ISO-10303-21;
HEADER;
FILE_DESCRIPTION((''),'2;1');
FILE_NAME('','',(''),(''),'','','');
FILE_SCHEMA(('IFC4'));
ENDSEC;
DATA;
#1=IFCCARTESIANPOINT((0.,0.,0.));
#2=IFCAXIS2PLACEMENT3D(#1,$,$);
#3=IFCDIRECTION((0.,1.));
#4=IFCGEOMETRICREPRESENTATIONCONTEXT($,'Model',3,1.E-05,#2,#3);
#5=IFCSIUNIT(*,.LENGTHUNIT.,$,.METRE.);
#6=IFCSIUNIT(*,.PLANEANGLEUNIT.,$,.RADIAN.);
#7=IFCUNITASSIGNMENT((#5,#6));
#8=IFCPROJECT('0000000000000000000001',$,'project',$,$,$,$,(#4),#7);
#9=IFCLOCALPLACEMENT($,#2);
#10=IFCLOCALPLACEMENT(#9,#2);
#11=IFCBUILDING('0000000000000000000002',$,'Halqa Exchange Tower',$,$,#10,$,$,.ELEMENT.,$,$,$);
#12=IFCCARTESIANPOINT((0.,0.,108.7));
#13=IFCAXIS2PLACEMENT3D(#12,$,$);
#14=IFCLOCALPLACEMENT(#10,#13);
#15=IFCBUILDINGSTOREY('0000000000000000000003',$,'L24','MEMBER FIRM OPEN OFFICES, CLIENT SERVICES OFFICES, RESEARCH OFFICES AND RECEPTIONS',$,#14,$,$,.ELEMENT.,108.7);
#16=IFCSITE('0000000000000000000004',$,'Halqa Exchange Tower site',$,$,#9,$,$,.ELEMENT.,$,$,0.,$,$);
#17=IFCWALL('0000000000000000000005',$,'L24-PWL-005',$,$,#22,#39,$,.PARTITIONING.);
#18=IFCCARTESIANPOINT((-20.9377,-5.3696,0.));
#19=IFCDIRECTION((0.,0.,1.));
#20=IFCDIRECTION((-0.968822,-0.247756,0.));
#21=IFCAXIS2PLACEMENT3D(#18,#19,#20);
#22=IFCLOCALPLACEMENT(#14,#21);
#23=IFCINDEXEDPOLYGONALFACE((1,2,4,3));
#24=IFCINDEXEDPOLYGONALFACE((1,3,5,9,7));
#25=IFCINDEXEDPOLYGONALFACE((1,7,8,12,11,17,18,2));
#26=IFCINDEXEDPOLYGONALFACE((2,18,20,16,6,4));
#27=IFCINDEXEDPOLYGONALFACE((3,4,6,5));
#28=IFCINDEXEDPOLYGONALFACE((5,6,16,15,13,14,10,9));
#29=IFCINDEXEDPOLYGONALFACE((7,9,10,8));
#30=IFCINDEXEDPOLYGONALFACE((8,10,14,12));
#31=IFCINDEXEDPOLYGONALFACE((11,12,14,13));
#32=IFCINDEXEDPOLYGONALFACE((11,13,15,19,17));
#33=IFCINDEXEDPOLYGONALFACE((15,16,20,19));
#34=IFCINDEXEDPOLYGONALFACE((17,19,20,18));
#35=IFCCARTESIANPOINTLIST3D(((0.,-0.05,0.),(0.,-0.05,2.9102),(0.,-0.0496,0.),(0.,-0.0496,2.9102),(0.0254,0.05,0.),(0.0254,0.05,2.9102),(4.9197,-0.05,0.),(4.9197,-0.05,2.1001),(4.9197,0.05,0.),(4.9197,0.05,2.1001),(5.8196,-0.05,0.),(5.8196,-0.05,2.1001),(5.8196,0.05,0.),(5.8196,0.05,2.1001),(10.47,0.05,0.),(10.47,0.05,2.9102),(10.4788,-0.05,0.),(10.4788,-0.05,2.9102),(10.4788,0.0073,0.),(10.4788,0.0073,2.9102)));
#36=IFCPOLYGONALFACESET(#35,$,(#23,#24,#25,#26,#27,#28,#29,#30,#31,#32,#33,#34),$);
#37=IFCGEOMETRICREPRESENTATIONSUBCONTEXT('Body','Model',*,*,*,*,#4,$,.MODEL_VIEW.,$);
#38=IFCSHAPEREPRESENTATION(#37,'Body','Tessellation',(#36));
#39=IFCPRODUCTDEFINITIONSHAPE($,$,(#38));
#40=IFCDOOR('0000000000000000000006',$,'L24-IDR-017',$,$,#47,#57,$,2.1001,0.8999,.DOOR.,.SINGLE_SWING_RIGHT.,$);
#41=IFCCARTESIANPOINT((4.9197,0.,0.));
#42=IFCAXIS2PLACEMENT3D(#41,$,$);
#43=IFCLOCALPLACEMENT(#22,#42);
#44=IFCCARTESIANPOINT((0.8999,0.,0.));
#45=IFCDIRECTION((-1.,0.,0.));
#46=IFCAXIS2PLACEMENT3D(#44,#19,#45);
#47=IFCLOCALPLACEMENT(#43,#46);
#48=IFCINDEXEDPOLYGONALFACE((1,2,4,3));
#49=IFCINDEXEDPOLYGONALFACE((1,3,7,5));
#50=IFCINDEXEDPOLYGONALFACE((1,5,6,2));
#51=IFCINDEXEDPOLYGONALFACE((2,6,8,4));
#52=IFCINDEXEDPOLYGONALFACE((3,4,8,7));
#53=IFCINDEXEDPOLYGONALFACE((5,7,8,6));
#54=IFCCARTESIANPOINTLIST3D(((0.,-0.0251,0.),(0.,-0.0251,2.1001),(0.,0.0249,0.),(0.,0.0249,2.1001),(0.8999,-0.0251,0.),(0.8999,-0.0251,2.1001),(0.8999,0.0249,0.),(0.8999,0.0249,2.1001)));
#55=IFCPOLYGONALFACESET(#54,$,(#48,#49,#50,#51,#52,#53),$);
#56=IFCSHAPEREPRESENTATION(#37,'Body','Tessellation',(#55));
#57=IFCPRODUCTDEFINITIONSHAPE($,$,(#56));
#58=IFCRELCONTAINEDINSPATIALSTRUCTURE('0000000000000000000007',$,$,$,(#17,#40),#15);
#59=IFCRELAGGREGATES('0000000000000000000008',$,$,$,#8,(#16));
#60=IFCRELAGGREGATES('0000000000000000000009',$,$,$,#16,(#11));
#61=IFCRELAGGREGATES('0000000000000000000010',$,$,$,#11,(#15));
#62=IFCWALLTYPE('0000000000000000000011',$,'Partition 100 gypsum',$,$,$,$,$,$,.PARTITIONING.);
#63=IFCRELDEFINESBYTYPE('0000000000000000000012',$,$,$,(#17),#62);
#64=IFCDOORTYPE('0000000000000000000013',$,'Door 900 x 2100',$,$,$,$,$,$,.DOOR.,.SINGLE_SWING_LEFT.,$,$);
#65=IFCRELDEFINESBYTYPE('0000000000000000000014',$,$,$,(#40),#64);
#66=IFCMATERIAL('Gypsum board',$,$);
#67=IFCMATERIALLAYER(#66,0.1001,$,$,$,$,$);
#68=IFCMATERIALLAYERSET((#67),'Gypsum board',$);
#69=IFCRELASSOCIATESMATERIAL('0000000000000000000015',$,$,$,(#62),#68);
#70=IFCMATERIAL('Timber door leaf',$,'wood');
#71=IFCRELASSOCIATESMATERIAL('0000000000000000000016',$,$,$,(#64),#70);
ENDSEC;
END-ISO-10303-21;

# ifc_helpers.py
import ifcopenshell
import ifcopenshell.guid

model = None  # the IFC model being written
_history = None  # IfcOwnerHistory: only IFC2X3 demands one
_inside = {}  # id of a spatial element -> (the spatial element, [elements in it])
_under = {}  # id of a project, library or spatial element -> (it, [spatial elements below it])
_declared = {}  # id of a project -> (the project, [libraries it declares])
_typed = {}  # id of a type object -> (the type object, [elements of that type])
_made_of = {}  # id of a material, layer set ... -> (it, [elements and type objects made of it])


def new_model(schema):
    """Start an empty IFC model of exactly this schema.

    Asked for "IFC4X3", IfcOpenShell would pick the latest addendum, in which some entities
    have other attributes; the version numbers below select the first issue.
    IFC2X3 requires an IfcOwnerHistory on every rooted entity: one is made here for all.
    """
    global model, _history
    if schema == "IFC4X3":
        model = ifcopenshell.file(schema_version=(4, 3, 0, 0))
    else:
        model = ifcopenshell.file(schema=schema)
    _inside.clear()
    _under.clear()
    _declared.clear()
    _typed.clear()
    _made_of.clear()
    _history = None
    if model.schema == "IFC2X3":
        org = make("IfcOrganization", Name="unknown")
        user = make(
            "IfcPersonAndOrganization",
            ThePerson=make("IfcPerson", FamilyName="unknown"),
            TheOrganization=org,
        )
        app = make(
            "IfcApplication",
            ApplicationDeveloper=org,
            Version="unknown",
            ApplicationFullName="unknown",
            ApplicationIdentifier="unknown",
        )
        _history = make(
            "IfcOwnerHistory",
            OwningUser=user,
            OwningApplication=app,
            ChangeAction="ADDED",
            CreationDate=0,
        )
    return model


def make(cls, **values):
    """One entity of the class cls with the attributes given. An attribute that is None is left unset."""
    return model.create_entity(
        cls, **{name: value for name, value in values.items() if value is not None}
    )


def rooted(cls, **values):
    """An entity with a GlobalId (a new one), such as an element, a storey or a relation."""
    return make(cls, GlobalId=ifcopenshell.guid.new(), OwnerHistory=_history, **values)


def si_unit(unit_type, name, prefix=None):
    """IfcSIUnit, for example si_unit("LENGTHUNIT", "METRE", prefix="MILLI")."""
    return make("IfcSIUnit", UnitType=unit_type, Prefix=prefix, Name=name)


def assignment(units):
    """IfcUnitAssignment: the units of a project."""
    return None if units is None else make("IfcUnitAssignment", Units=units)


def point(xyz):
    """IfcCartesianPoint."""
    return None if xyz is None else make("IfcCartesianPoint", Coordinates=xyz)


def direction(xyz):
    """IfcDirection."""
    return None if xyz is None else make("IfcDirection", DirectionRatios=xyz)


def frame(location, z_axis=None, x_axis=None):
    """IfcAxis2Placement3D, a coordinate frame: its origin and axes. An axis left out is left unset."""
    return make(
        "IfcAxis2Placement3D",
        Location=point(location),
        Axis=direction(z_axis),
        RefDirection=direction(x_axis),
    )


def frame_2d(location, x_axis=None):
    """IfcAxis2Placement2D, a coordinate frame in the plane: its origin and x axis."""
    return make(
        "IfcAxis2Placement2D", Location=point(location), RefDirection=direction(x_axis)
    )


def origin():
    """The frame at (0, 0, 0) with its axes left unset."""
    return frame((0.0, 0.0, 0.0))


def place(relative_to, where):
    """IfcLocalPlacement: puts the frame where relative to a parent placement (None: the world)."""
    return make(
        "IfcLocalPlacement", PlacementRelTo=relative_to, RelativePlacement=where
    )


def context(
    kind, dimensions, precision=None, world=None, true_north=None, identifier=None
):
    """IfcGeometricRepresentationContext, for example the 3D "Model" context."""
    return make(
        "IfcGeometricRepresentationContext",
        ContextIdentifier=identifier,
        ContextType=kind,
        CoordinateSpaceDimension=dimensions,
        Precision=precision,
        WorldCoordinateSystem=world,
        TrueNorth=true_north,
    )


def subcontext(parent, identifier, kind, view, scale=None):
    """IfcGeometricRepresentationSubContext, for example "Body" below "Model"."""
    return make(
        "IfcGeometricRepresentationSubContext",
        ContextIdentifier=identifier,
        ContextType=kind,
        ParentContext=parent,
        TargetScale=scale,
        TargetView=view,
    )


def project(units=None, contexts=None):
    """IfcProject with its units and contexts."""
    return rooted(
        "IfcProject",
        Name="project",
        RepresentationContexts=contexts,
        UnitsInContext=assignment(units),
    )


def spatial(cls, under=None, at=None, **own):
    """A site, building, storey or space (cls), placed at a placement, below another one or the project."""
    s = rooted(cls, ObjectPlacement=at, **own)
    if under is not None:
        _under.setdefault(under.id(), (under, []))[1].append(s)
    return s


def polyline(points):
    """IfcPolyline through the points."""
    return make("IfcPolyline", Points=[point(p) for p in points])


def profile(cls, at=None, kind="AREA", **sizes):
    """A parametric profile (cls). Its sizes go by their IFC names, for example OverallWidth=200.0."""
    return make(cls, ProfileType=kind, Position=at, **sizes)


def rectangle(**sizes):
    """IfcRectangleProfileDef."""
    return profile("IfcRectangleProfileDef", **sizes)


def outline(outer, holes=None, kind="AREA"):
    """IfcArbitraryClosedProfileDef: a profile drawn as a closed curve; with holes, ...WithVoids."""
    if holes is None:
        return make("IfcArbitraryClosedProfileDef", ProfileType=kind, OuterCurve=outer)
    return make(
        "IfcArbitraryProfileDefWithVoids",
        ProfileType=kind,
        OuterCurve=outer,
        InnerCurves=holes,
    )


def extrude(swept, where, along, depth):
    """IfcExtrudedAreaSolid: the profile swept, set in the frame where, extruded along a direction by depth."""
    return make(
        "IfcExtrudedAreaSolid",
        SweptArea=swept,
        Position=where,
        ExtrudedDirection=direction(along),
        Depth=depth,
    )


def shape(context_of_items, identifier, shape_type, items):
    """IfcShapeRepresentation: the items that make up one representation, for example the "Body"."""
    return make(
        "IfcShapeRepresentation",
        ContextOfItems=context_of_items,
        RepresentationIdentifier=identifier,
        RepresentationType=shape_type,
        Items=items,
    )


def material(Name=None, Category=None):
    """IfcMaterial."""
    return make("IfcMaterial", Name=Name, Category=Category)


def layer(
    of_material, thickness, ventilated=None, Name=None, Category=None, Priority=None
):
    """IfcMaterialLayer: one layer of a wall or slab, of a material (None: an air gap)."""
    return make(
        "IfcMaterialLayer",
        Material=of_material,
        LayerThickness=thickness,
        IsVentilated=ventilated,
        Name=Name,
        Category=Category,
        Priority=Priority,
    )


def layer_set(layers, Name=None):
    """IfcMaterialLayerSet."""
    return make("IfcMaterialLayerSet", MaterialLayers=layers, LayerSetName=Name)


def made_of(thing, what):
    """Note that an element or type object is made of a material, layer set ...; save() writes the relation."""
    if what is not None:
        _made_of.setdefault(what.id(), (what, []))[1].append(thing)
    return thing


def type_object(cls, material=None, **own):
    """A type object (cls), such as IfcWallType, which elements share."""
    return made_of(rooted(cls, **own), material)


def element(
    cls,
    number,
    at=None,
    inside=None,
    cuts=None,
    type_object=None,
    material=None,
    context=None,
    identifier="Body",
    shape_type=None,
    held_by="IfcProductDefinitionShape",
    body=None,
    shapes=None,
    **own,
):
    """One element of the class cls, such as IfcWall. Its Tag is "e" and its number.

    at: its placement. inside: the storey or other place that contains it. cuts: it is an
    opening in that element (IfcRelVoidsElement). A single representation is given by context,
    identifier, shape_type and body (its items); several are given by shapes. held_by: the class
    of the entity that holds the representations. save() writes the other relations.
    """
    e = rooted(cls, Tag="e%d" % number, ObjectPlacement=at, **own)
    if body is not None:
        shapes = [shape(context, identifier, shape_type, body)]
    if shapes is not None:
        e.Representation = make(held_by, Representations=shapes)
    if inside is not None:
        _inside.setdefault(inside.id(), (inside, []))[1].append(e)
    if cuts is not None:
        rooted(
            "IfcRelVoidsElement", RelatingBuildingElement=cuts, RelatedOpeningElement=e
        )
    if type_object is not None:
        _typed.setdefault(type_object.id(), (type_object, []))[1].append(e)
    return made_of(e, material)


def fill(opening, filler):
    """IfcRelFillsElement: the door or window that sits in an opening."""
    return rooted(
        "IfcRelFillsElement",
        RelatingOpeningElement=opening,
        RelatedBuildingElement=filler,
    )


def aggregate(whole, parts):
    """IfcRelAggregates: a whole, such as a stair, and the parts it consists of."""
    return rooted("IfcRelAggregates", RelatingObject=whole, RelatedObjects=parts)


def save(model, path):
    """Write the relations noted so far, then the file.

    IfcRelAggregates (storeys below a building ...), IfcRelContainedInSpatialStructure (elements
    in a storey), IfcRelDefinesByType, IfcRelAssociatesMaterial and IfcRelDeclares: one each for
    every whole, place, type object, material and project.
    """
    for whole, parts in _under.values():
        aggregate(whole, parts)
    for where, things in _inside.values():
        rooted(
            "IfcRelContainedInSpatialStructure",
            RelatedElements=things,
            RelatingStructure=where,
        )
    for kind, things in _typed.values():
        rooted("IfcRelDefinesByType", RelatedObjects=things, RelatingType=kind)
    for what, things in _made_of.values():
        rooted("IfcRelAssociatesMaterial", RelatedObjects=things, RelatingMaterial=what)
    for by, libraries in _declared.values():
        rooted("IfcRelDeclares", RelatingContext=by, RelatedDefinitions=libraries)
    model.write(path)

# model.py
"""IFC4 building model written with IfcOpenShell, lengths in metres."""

from ifc_helpers import new_model, si_unit, direction, frame, frame_2d, origin, place, context, subcontext, project, spatial, polyline, rectangle, outline, extrude, material, layer, layer_set, type_object, element, fill, save


model = new_model("IFC4")

# Units and contexts
model_context = context("Model", 3, precision=1e-05, world=origin(), true_north=direction((0.0, 1.0)))
body_context = subcontext(model_context, "Body", "Model", "MODEL_VIEW")
ifc_project = project(units=[si_unit("LENGTHUNIT", "METRE"), si_unit("PLANEANGLEUNIT", "RADIAN")], contexts=[model_context])

# Site, building, storey
site_placement = place(None, origin())
site = spatial("IfcSite", under=ifc_project, at=site_placement, Name="Halqa Exchange Tower site", CompositionType="ELEMENT", RefElevation=0.0)
building_placement = place(site_placement, origin())
building = spatial("IfcBuilding", under=site, at=building_placement, Name="Halqa Exchange Tower", CompositionType="ELEMENT")
storey_placement = place(building_placement, frame((0.0, 0.0, 108.7)))
storey = spatial("IfcBuildingStorey", under=building, at=storey_placement, Name="L24", Description="MEMBER FIRM OPEN OFFICES, CLIENT SERVICES OFFICES, RESEARCH OFFICES AND RECEPTIONS", CompositionType="ELEMENT", Elevation=108.7)

# Shared definitions
ifc_material_1 = material(Name="Gypsum board")
ifc_layer_1 = layer(ifc_material_1, 0.1001)
ifc_layer_set_1 = layer_set([ifc_layer_1], Name="Gypsum board")
wall_type_1 = type_object("IfcWallType", Name="Partition 100 gypsum", PredefinedType="PARTITIONING", material=ifc_layer_set_1)
ifc_material_2 = material(Name="Timber door leaf", Category="wood")
door_type_1 = type_object("IfcDoorType", Name="Door 900 x 2100", OperationType="SINGLE_SWING_LEFT", PredefinedType="DOOR", material=ifc_material_2)

# Wall, opening, door
wall_1_placement = place(storey_placement, frame((-20.9377, -5.3696, 0.0), z_axis=(0.0, 0.0, 1.0), x_axis=(-0.968822, -0.247756, 0.0)))
wall_1 = element("IfcWall", 1, at=wall_1_placement, inside=storey, type_object=wall_type_1, Name="L24-PWL-005", PredefinedType="PARTITIONING", context=body_context, shape_type="SweptSolid", body=[
    extrude(outline(polyline([(10.4788, -0.05), (10.4788, 0.0073), (10.47, 0.05), (8.729, 0.05), (6.9883, 0.05), (5.2476, 0.05), (3.5068, 0.05), (1.7661, 0.05), (0.0254, 0.05), (0.0, -0.0496), (0.0, -0.05), (1.7466, -0.05), (3.4929, -0.05), (5.2393, -0.05), (6.9858, -0.05), (8.7324, -0.05), (10.4788, -0.05)])), origin(), (0.0, 0.0, 1.0), 2.9102),
])
opening_1_placement = place(wall_1_placement, frame((4.9197, 0.0, 0.0)))
opening_1 = element("IfcOpeningElement", 2, at=opening_1_placement, cuts=wall_1, PredefinedType="OPENING", context=body_context, shape_type="SweptSolid", body=[
    extrude(rectangle(XDim=0.8999, YDim=2.1001, at=frame_2d((0.45, 1.05))), frame((0.0, 0.062, 0.0), z_axis=(0.0, -1.0, 0.0), x_axis=(1.0, 0.0, 0.0)), (0.0, 0.0, 1.0), 0.124),
])
door_1_placement = place(opening_1_placement, frame((0.8999, 0.0, 0.0), z_axis=(0.0, 0.0, 1.0), x_axis=(-1.0, 0.0, 0.0)))
door_1 = element("IfcDoor", 3, at=door_1_placement, inside=storey, type_object=door_type_1, Name="L24-IDR-017", OperationType="SINGLE_SWING_RIGHT", OverallHeight=2.1001, OverallWidth=0.8999, PredefinedType="DOOR", context=body_context, shape_type="SweptSolid", body=[
    extrude(rectangle(XDim=0.8999, YDim=2.1001, at=frame_2d((0.45, 1.05))), frame((0.0, 0.0249, 0.0), z_axis=(0.0, -1.0, 0.0), x_axis=(1.0, 0.0, 0.0)), (0.0, 0.0, 1.0), 0.05),
])
fill(opening_1, door_1)

save(model, "model.ifc")
